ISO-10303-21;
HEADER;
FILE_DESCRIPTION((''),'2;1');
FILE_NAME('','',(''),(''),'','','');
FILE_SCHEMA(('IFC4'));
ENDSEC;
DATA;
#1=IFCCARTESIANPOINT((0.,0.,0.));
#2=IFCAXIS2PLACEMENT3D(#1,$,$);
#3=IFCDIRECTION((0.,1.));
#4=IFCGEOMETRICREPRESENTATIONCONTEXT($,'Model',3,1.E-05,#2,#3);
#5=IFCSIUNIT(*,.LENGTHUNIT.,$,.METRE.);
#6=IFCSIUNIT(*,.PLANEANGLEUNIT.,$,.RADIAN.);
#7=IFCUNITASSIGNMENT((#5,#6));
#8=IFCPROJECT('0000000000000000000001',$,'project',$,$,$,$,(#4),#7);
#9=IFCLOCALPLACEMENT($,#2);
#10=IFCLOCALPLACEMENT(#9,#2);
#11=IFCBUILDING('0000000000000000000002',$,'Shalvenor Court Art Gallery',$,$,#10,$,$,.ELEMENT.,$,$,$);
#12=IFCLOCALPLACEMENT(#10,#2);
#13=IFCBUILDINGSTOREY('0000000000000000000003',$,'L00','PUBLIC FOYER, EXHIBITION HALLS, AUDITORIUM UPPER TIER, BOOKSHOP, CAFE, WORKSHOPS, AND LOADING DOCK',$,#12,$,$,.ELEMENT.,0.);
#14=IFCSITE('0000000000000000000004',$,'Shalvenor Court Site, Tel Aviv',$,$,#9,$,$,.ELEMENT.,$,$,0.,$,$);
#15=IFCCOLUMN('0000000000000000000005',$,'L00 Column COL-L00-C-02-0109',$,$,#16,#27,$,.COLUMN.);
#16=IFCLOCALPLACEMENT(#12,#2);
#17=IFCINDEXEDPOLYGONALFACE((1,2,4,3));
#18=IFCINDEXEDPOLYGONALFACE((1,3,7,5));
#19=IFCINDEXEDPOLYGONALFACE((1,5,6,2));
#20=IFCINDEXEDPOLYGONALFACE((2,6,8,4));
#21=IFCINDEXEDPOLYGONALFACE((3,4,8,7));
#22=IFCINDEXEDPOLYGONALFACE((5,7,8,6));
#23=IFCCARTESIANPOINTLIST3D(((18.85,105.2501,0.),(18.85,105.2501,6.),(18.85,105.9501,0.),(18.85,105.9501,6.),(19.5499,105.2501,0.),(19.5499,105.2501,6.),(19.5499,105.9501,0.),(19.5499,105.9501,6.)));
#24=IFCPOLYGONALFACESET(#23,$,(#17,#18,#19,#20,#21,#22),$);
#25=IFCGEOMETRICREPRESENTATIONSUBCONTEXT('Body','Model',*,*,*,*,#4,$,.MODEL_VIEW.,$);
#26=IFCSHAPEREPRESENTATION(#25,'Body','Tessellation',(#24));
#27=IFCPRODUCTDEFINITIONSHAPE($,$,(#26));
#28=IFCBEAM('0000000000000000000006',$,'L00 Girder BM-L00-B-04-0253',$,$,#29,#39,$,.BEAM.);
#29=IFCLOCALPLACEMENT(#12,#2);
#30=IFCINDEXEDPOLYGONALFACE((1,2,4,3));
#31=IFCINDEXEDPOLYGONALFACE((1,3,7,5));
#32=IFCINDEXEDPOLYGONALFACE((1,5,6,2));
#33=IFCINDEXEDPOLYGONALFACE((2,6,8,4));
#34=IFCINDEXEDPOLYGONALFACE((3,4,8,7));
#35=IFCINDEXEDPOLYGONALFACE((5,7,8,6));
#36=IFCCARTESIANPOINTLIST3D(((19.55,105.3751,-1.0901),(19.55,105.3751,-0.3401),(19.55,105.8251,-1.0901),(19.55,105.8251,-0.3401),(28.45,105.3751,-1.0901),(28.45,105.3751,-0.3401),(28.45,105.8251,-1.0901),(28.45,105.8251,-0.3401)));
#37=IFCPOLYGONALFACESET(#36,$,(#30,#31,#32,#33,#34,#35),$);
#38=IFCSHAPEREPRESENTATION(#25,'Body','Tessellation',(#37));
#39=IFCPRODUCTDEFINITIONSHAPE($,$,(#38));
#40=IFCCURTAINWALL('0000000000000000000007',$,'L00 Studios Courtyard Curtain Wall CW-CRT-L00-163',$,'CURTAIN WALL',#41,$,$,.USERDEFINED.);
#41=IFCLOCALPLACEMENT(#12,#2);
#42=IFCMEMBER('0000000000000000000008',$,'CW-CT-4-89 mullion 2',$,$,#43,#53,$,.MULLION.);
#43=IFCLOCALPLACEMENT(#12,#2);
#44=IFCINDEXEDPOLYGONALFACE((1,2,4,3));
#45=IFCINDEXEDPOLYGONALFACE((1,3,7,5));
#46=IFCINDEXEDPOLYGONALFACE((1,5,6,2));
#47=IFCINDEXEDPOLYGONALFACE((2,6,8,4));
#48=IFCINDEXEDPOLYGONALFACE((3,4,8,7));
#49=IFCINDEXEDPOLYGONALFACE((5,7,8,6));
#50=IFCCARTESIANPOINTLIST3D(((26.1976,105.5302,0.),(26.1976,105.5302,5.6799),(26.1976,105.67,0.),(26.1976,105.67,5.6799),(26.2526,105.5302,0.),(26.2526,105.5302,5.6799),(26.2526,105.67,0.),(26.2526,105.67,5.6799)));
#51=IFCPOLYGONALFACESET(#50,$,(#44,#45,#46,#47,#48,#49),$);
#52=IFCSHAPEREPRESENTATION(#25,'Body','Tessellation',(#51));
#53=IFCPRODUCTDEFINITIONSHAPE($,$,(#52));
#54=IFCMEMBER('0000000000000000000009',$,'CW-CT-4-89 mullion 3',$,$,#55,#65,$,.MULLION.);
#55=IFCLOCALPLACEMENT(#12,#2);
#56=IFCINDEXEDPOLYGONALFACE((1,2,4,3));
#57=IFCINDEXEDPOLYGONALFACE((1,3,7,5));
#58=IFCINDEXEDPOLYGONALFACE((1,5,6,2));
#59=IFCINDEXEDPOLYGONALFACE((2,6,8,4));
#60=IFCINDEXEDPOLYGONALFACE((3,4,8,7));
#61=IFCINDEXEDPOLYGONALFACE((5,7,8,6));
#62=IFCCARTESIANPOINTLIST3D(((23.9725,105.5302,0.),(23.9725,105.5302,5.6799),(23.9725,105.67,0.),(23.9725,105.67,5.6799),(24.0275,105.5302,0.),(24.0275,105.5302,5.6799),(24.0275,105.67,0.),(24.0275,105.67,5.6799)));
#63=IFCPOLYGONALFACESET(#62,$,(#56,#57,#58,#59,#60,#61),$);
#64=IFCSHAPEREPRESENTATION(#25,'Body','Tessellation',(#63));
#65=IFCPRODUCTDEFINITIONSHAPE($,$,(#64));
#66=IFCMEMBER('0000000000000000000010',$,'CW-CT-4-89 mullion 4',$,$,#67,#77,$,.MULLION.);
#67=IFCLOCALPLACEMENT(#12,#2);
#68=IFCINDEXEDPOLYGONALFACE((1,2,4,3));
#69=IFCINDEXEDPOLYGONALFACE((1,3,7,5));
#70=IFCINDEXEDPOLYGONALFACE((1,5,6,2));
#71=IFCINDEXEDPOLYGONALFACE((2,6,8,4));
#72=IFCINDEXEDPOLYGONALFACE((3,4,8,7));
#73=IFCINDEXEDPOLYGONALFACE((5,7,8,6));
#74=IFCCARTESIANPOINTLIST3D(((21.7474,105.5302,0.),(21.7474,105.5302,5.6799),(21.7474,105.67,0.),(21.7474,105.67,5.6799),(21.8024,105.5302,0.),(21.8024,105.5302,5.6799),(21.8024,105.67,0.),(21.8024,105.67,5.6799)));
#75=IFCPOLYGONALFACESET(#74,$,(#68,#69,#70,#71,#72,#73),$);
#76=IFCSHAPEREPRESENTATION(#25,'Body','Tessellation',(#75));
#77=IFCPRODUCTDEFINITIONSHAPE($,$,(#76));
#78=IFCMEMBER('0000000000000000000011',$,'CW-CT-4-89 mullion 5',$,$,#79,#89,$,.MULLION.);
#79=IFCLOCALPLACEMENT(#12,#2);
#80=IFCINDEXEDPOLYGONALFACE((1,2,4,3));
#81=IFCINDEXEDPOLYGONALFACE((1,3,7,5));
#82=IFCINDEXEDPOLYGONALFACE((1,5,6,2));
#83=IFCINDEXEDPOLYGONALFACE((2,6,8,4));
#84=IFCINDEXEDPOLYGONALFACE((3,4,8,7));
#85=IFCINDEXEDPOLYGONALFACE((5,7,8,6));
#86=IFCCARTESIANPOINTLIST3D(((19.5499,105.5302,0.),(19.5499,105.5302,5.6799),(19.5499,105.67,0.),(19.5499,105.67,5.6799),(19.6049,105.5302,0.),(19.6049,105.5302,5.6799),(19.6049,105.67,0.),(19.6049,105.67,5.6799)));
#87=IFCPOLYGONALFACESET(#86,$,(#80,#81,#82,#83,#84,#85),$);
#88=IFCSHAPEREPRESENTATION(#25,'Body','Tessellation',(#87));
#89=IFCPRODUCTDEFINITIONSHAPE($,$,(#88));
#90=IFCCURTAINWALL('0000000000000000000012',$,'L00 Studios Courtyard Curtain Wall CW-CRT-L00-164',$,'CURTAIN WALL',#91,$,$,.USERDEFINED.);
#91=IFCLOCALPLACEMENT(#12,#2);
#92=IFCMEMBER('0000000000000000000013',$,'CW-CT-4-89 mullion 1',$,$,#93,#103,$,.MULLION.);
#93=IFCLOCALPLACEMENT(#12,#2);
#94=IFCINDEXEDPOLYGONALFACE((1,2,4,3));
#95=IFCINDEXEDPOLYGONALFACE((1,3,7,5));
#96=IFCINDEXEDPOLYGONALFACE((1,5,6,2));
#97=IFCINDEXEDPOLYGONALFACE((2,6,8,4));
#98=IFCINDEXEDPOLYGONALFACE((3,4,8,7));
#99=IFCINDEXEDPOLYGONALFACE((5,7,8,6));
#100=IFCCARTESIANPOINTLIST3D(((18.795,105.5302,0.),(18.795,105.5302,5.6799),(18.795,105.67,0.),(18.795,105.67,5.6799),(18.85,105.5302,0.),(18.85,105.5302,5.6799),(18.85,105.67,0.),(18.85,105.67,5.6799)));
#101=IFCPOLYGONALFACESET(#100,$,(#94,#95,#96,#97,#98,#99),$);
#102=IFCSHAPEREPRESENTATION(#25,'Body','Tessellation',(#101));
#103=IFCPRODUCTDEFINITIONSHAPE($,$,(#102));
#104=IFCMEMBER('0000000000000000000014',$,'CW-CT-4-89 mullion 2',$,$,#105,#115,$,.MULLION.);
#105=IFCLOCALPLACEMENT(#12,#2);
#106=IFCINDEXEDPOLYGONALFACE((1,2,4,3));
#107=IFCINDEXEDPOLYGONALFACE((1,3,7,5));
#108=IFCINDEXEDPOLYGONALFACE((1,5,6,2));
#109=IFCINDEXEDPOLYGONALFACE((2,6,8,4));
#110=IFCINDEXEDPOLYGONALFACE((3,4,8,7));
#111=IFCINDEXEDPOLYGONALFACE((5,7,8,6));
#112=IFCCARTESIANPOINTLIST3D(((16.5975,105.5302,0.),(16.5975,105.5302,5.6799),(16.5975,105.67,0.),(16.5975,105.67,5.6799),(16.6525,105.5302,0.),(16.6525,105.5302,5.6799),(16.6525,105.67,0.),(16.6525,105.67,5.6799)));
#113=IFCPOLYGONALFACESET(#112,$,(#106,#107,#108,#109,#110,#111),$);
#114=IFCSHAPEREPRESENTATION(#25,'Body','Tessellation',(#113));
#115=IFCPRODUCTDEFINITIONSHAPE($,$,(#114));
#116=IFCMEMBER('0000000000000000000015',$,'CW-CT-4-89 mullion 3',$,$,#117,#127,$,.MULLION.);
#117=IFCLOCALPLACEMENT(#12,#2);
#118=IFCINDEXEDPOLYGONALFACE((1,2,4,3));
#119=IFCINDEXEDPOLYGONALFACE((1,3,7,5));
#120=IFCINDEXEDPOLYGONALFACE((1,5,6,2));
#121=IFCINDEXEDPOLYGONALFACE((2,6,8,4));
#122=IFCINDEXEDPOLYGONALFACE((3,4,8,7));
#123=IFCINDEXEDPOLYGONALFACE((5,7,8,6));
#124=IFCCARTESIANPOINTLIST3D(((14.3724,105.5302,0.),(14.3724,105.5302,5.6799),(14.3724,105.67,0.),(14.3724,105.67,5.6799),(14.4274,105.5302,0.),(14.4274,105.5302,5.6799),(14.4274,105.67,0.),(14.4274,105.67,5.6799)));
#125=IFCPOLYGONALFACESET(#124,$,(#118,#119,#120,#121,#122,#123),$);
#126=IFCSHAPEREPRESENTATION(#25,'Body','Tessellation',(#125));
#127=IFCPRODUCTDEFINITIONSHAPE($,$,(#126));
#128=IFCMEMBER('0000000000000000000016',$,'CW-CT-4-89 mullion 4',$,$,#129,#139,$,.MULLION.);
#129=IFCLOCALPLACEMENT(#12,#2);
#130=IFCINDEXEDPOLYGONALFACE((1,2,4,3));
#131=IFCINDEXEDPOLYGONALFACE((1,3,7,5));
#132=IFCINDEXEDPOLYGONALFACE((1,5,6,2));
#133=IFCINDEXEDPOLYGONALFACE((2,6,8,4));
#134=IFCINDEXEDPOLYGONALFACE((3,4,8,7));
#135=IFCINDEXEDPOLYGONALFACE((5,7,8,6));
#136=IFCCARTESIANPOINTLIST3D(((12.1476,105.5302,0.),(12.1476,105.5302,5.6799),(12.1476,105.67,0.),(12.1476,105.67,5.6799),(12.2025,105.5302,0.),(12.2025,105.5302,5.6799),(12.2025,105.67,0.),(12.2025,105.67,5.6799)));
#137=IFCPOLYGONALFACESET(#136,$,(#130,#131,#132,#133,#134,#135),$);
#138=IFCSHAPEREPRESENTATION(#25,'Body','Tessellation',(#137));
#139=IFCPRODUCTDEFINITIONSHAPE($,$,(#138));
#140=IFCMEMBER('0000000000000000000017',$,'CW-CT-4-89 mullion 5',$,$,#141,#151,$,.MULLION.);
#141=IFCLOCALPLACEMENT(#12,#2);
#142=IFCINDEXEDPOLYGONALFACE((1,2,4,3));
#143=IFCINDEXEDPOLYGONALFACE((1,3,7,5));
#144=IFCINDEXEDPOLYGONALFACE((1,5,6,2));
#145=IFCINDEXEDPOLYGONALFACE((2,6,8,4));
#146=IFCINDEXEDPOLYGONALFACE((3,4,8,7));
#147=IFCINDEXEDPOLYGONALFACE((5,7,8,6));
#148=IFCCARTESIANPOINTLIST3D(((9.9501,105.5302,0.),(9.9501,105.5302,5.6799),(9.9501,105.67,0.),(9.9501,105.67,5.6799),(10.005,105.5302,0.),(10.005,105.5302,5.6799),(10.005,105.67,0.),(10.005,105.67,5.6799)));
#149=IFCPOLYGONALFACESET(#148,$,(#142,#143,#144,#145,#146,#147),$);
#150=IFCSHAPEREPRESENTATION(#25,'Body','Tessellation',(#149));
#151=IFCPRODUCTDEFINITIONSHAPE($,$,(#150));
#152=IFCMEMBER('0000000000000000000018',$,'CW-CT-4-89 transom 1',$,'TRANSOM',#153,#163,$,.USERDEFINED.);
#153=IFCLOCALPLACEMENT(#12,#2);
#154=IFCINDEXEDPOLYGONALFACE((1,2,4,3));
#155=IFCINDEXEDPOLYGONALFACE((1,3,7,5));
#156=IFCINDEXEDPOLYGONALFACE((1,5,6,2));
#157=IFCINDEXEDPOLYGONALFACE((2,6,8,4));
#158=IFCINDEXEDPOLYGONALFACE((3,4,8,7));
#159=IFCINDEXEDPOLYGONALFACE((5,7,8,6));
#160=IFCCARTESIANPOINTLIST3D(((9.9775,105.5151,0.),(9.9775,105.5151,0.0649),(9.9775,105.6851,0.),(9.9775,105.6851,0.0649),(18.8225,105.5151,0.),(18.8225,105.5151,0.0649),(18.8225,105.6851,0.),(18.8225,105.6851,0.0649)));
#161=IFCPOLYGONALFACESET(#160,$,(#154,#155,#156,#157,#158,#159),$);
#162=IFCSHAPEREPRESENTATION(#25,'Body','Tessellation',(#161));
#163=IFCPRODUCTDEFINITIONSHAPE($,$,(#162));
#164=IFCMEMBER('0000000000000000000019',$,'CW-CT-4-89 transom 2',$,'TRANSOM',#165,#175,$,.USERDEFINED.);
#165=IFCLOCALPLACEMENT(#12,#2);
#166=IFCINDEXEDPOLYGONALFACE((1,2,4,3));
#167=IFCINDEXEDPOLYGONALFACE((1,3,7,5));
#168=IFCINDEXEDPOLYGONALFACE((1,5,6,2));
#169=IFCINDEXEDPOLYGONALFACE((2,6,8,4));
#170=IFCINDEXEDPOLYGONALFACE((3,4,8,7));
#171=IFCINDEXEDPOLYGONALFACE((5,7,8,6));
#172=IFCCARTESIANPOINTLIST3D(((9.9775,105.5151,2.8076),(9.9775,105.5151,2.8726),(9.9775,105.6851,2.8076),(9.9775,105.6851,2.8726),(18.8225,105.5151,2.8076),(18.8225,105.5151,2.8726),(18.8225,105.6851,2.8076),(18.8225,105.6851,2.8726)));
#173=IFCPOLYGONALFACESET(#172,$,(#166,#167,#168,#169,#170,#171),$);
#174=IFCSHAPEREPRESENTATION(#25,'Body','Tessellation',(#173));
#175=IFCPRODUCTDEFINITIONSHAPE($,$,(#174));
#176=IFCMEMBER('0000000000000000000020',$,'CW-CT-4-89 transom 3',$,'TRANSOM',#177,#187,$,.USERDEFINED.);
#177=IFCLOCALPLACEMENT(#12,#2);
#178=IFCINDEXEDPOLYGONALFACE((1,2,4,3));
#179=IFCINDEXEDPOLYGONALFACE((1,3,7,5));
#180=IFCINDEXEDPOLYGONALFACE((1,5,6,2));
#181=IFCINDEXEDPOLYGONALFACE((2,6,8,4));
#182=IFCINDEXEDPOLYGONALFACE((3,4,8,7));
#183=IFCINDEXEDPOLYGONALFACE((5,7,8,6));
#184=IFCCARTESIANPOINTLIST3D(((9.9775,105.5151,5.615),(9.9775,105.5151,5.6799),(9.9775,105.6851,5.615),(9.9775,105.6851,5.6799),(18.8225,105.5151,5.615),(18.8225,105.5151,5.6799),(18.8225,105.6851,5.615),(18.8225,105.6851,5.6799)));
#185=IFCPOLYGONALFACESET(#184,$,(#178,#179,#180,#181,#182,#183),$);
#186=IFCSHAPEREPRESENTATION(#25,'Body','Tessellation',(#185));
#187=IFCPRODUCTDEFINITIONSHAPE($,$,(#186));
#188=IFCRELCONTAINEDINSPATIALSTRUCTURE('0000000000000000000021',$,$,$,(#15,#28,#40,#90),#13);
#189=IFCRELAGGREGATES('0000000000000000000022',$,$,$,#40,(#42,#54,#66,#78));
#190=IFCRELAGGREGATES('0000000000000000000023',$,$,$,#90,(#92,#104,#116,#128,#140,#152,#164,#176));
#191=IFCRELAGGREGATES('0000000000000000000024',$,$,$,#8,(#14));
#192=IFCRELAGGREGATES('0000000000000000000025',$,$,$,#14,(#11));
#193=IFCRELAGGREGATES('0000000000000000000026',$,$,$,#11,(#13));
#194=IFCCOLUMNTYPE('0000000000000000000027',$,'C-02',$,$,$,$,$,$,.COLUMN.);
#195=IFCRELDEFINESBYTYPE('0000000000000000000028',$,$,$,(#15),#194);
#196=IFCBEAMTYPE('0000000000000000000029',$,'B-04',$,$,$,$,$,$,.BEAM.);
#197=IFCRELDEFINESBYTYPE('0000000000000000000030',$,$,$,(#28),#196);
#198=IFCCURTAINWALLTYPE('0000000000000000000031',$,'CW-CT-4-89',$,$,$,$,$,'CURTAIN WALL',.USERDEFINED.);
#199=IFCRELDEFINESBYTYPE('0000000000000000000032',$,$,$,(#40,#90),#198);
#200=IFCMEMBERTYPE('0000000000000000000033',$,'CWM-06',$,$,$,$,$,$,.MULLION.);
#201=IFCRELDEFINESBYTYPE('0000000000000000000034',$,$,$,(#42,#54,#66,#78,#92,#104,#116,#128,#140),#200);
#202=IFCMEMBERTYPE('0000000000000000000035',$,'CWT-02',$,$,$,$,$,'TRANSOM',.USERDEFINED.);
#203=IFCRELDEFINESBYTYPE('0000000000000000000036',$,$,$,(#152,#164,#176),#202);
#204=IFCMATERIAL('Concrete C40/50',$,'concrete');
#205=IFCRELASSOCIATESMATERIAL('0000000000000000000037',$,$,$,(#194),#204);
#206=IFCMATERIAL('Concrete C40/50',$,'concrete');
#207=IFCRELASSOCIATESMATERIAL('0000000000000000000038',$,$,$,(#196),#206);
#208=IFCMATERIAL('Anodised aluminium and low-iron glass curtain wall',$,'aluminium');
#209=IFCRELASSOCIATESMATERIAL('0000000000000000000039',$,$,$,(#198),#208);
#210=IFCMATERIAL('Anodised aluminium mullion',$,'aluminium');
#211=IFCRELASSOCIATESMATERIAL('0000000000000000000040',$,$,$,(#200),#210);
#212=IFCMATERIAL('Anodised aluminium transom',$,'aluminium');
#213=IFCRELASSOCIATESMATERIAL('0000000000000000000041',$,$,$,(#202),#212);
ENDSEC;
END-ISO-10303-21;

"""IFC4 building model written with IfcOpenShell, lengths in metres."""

from ifc_helpers import new_model, si_unit, direction, frame, origin, origin_2d, place, context, subcontext, project, spatial, rectangle, extrude, material, material_profile, profile_set, type_object, element, aggregate, save


model = new_model("IFC4")

# Units and contexts
model_context = context("Model", 3, precision=1e-05, world=origin(), true_north=direction((0.0, 1.0)))
body_context = subcontext(model_context, "Body", "Model", "MODEL_VIEW")
ifc_project = project(units=[si_unit("LENGTHUNIT", "METRE"), si_unit("PLANEANGLEUNIT", "RADIAN")], contexts=[model_context])

# Site, building, storey
site_placement = place(None, origin())
site = spatial("IfcSite", under=ifc_project, at=site_placement, Name="Shalvenor Court Site, Tel Aviv", CompositionType="ELEMENT", RefElevation=0.0)
building_placement = place(site_placement, origin())
building = spatial("IfcBuilding", under=site, at=building_placement, Name="Shalvenor Court Art Gallery", CompositionType="ELEMENT")
storey_placement = place(building_placement, origin())
storey = spatial("IfcBuildingStorey", under=building, at=storey_placement, Name="L00", Description="PUBLIC FOYER, EXHIBITION HALLS, AUDITORIUM UPPER TIER, BOOKSHOP, CAFE, WORKSHOPS, AND LOADING DOCK", CompositionType="ELEMENT", Elevation=0.0)

# Column
ifc_material_1 = material(Name="Concrete C40/50", Category="concrete")
ifc_material_profile_1 = material_profile(ifc_material_1, rectangle(XDim=0.7, YDim=0.7, at=origin_2d()), Name="RC 700x700")
ifc_profile_set_1 = profile_set([ifc_material_profile_1], Name="Concrete C40/50")
column_type = type_object("IfcColumnType", Name="C-02", PredefinedType="COLUMN", material=ifc_profile_set_1)
column_placement = place(storey_placement, frame((19.2, 105.6001, 0.0), z_axis=(0.0, 0.0, 1.0), x_axis=(1.0, 0.0, 0.0)))
element("IfcColumn", 1, at=column_placement, inside=storey, type_object=column_type, Name="L00 Column COL-L00-C-02-0109", PredefinedType="COLUMN", context=body_context, shape_type="SweptSolid", body=[
    extrude(rectangle(XDim=0.7, YDim=0.7, at=origin_2d()), origin(), (0.0, 0.0, 1.0), 6.0),
])

# Beam
ifc_material_2 = material(Name="Concrete C40/50", Category="concrete")
ifc_material_profile_2 = material_profile(ifc_material_2, rectangle(XDim=0.45, YDim=0.75, at=origin_2d()), Name="RC 450x750")
ifc_profile_set_2 = profile_set([ifc_material_profile_2], Name="Concrete C40/50")
beam_type = type_object("IfcBeamType", Name="B-04", PredefinedType="BEAM", material=ifc_profile_set_2)
beam_placement = place(storey_placement, frame((19.55, 105.6001, -0.7151), z_axis=(1.0, 0.0, 0.0), x_axis=(0.0, 1.0, 0.0)))
element("IfcBeam", 2, at=beam_placement, inside=storey, type_object=beam_type, Name="L00 Girder BM-L00-B-04-0253", PredefinedType="BEAM", context=body_context, shape_type="SweptSolid", body=[
    extrude(rectangle(XDim=0.45, YDim=0.75, at=origin_2d()), origin(), (0.0, 0.0, 1.0), 8.8999),
])

# Curtain walls, members
ifc_material_3 = material(Name="Anodised aluminium and low-iron glass curtain wall", Category="aluminium")
curtain_wall_type = type_object("IfcCurtainWallType", Name="CW-CT-4-89", ElementType="CURTAIN WALL", PredefinedType="USERDEFINED", material=ifc_material_3)
curtain_wall_1_placement = place(storey_placement, origin())
curtain_wall_1 = element("IfcCurtainWall", 3, at=curtain_wall_1_placement, inside=storey, type_object=curtain_wall_type, Name="L00 Studios Courtyard Curtain Wall CW-CRT-L00-163", ObjectType="CURTAIN WALL", PredefinedType="USERDEFINED")
ifc_material_4 = material(Name="Anodised aluminium mullion", Category="aluminium")
ifc_material_profile_3 = material_profile(ifc_material_4, rectangle(XDim=0.0549, YDim=0.1399, at=origin_2d()), Name="CWM-06")
ifc_profile_set_3 = profile_set([ifc_material_profile_3], Name="Anodised aluminium mullion")
member_type_1 = type_object("IfcMemberType", Name="CWM-06", PredefinedType="MULLION", material=ifc_profile_set_3)
member_1_placement = place(storey_placement, frame((26.2251, 105.6001, 0.0), z_axis=(0.0, 0.0, 1.0), x_axis=(-1.0, 0.0, 0.0)))
member_1 = element("IfcMember", 4, at=member_1_placement, type_object=member_type_1, Name="CW-CT-4-89 mullion 2", PredefinedType="MULLION", context=body_context, shape_type="SweptSolid", body=[
    extrude(rectangle(XDim=0.0549, YDim=0.1399, at=origin_2d()), origin(), (0.0, 0.0, 1.0), 5.6799),
])
member_2_placement = place(storey_placement, frame((24.0, 105.6001, 0.0), z_axis=(0.0, 0.0, 1.0), x_axis=(-1.0, 0.0, 0.0)))
member_2 = element("IfcMember", 5, at=member_2_placement, type_object=member_type_1, Name="CW-CT-4-89 mullion 3", PredefinedType="MULLION", context=body_context, shape_type="SweptSolid", body=[
    extrude(rectangle(XDim=0.0549, YDim=0.1399, at=origin_2d()), origin(), (0.0, 0.0, 1.0), 5.6799),
])
member_3_placement = place(storey_placement, frame((21.7749, 105.6001, 0.0), z_axis=(0.0, 0.0, 1.0), x_axis=(-1.0, 0.0, 0.0)))
member_3 = element("IfcMember", 6, at=member_3_placement, type_object=member_type_1, Name="CW-CT-4-89 mullion 4", PredefinedType="MULLION", context=body_context, shape_type="SweptSolid", body=[
    extrude(rectangle(XDim=0.0549, YDim=0.1399, at=origin_2d()), origin(), (0.0, 0.0, 1.0), 5.6799),
])
member_4_placement = place(storey_placement, frame((19.5774, 105.6001, 0.0), z_axis=(0.0, 0.0, 1.0), x_axis=(-1.0, 0.0, 0.0)))
member_4 = element("IfcMember", 7, at=member_4_placement, type_object=member_type_1, Name="CW-CT-4-89 mullion 5", PredefinedType="MULLION", context=body_context, shape_type="SweptSolid", body=[
    extrude(rectangle(XDim=0.0549, YDim=0.1399, at=origin_2d()), origin(), (0.0, 0.0, 1.0), 5.6799),
])
curtain_wall_2_placement = place(storey_placement, origin())
curtain_wall_2 = element("IfcCurtainWall", 8, at=curtain_wall_2_placement, inside=storey, type_object=curtain_wall_type, Name="L00 Studios Courtyard Curtain Wall CW-CRT-L00-164", ObjectType="CURTAIN WALL", PredefinedType="USERDEFINED")
member_5_placement = place(storey_placement, frame((18.8225, 105.6001, 0.0), z_axis=(0.0, 0.0, 1.0), x_axis=(-1.0, 0.0, 0.0)))
member_5 = element("IfcMember", 9, at=member_5_placement, type_object=member_type_1, Name="CW-CT-4-89 mullion 1", PredefinedType="MULLION", context=body_context, shape_type="SweptSolid", body=[
    extrude(rectangle(XDim=0.0549, YDim=0.1399, at=origin_2d()), origin(), (0.0, 0.0, 1.0), 5.6799),
])
member_6_placement = place(storey_placement, frame((16.625, 105.6001, 0.0), z_axis=(0.0, 0.0, 1.0), x_axis=(-1.0, 0.0, 0.0)))
member_6 = element("IfcMember", 10, at=member_6_placement, type_object=member_type_1, Name="CW-CT-4-89 mullion 2", PredefinedType="MULLION", context=body_context, shape_type="SweptSolid", body=[
    extrude(rectangle(XDim=0.0549, YDim=0.1399, at=origin_2d()), origin(), (0.0, 0.0, 1.0), 5.6799),
])
member_7_placement = place(storey_placement, frame((14.3999, 105.6001, 0.0), z_axis=(0.0, 0.0, 1.0), x_axis=(-1.0, 0.0, 0.0)))
member_7 = element("IfcMember", 11, at=member_7_placement, type_object=member_type_1, Name="CW-CT-4-89 mullion 3", PredefinedType="MULLION", context=body_context, shape_type="SweptSolid", body=[
    extrude(rectangle(XDim=0.0549, YDim=0.1399, at=origin_2d()), origin(), (0.0, 0.0, 1.0), 5.6799),
])
member_8_placement = place(storey_placement, frame((12.175, 105.6001, 0.0), z_axis=(0.0, 0.0, 1.0), x_axis=(-1.0, 0.0, 0.0)))
member_8 = element("IfcMember", 12, at=member_8_placement, type_object=member_type_1, Name="CW-CT-4-89 mullion 4", PredefinedType="MULLION", context=body_context, shape_type="SweptSolid", body=[
    extrude(rectangle(XDim=0.0549, YDim=0.1399, at=origin_2d()), origin(), (0.0, 0.0, 1.0), 5.6799),
])
member_9_placement = place(storey_placement, frame((9.9775, 105.6001, 0.0), z_axis=(0.0, 0.0, 1.0), x_axis=(-1.0, 0.0, 0.0)))
member_9 = element("IfcMember", 13, at=member_9_placement, type_object=member_type_1, Name="CW-CT-4-89 mullion 5", PredefinedType="MULLION", context=body_context, shape_type="SweptSolid", body=[
    extrude(rectangle(XDim=0.0549, YDim=0.1399, at=origin_2d()), origin(), (0.0, 0.0, 1.0), 5.6799),
])
ifc_material_5 = material(Name="Anodised aluminium transom", Category="aluminium")
ifc_material_profile_4 = material_profile(ifc_material_5, rectangle(XDim=0.1699, YDim=0.0649, at=origin_2d()), Name="CWT-02")
ifc_profile_set_4 = profile_set([ifc_material_profile_4], Name="Anodised aluminium transom")
member_type_2 = type_object("IfcMemberType", Name="CWT-02", ElementType="TRANSOM", PredefinedType="USERDEFINED", material=ifc_profile_set_4)
member_10_placement = place(storey_placement, frame((18.8225, 105.6001, 0.0325), z_axis=(-1.0, 0.0, 0.0), x_axis=(0.0, -1.0, 0.0)))
member_10 = element("IfcMember", 14, at=member_10_placement, type_object=member_type_2, Name="CW-CT-4-89 transom 1", ObjectType="TRANSOM", PredefinedType="USERDEFINED", context=body_context, shape_type="SweptSolid", body=[
    extrude(rectangle(XDim=0.1699, YDim=0.0649, at=origin_2d()), origin(), (0.0, 0.0, 1.0), 8.845),
])
member_11_placement = place(storey_placement, frame((18.8225, 105.6001, 2.8401), z_axis=(-1.0, 0.0, 0.0), x_axis=(0.0, -1.0, 0.0)))
member_11 = element("IfcMember", 15, at=member_11_placement, type_object=member_type_2, Name="CW-CT-4-89 transom 2", ObjectType="TRANSOM", PredefinedType="USERDEFINED", context=body_context, shape_type="SweptSolid", body=[
    extrude(rectangle(XDim=0.1699, YDim=0.0649, at=origin_2d()), origin(), (0.0, 0.0, 1.0), 8.845),
])
member_12_placement = place(storey_placement, frame((18.8225, 105.6001, 5.6475), z_axis=(-1.0, 0.0, 0.0), x_axis=(0.0, -1.0, 0.0)))
member_12 = element("IfcMember", 16, at=member_12_placement, type_object=member_type_2, Name="CW-CT-4-89 transom 3", ObjectType="TRANSOM", PredefinedType="USERDEFINED", context=body_context, shape_type="SweptSolid", body=[
    extrude(rectangle(XDim=0.1699, YDim=0.0649, at=origin_2d()), origin(), (0.0, 0.0, 1.0), 8.845),
])

aggregate(curtain_wall_1, [member_1, member_2, member_3, member_4])
aggregate(curtain_wall_2, [member_5, member_6, member_7, member_8, member_9, member_10, member_11, member_12])

save(model, "model.ifc")
